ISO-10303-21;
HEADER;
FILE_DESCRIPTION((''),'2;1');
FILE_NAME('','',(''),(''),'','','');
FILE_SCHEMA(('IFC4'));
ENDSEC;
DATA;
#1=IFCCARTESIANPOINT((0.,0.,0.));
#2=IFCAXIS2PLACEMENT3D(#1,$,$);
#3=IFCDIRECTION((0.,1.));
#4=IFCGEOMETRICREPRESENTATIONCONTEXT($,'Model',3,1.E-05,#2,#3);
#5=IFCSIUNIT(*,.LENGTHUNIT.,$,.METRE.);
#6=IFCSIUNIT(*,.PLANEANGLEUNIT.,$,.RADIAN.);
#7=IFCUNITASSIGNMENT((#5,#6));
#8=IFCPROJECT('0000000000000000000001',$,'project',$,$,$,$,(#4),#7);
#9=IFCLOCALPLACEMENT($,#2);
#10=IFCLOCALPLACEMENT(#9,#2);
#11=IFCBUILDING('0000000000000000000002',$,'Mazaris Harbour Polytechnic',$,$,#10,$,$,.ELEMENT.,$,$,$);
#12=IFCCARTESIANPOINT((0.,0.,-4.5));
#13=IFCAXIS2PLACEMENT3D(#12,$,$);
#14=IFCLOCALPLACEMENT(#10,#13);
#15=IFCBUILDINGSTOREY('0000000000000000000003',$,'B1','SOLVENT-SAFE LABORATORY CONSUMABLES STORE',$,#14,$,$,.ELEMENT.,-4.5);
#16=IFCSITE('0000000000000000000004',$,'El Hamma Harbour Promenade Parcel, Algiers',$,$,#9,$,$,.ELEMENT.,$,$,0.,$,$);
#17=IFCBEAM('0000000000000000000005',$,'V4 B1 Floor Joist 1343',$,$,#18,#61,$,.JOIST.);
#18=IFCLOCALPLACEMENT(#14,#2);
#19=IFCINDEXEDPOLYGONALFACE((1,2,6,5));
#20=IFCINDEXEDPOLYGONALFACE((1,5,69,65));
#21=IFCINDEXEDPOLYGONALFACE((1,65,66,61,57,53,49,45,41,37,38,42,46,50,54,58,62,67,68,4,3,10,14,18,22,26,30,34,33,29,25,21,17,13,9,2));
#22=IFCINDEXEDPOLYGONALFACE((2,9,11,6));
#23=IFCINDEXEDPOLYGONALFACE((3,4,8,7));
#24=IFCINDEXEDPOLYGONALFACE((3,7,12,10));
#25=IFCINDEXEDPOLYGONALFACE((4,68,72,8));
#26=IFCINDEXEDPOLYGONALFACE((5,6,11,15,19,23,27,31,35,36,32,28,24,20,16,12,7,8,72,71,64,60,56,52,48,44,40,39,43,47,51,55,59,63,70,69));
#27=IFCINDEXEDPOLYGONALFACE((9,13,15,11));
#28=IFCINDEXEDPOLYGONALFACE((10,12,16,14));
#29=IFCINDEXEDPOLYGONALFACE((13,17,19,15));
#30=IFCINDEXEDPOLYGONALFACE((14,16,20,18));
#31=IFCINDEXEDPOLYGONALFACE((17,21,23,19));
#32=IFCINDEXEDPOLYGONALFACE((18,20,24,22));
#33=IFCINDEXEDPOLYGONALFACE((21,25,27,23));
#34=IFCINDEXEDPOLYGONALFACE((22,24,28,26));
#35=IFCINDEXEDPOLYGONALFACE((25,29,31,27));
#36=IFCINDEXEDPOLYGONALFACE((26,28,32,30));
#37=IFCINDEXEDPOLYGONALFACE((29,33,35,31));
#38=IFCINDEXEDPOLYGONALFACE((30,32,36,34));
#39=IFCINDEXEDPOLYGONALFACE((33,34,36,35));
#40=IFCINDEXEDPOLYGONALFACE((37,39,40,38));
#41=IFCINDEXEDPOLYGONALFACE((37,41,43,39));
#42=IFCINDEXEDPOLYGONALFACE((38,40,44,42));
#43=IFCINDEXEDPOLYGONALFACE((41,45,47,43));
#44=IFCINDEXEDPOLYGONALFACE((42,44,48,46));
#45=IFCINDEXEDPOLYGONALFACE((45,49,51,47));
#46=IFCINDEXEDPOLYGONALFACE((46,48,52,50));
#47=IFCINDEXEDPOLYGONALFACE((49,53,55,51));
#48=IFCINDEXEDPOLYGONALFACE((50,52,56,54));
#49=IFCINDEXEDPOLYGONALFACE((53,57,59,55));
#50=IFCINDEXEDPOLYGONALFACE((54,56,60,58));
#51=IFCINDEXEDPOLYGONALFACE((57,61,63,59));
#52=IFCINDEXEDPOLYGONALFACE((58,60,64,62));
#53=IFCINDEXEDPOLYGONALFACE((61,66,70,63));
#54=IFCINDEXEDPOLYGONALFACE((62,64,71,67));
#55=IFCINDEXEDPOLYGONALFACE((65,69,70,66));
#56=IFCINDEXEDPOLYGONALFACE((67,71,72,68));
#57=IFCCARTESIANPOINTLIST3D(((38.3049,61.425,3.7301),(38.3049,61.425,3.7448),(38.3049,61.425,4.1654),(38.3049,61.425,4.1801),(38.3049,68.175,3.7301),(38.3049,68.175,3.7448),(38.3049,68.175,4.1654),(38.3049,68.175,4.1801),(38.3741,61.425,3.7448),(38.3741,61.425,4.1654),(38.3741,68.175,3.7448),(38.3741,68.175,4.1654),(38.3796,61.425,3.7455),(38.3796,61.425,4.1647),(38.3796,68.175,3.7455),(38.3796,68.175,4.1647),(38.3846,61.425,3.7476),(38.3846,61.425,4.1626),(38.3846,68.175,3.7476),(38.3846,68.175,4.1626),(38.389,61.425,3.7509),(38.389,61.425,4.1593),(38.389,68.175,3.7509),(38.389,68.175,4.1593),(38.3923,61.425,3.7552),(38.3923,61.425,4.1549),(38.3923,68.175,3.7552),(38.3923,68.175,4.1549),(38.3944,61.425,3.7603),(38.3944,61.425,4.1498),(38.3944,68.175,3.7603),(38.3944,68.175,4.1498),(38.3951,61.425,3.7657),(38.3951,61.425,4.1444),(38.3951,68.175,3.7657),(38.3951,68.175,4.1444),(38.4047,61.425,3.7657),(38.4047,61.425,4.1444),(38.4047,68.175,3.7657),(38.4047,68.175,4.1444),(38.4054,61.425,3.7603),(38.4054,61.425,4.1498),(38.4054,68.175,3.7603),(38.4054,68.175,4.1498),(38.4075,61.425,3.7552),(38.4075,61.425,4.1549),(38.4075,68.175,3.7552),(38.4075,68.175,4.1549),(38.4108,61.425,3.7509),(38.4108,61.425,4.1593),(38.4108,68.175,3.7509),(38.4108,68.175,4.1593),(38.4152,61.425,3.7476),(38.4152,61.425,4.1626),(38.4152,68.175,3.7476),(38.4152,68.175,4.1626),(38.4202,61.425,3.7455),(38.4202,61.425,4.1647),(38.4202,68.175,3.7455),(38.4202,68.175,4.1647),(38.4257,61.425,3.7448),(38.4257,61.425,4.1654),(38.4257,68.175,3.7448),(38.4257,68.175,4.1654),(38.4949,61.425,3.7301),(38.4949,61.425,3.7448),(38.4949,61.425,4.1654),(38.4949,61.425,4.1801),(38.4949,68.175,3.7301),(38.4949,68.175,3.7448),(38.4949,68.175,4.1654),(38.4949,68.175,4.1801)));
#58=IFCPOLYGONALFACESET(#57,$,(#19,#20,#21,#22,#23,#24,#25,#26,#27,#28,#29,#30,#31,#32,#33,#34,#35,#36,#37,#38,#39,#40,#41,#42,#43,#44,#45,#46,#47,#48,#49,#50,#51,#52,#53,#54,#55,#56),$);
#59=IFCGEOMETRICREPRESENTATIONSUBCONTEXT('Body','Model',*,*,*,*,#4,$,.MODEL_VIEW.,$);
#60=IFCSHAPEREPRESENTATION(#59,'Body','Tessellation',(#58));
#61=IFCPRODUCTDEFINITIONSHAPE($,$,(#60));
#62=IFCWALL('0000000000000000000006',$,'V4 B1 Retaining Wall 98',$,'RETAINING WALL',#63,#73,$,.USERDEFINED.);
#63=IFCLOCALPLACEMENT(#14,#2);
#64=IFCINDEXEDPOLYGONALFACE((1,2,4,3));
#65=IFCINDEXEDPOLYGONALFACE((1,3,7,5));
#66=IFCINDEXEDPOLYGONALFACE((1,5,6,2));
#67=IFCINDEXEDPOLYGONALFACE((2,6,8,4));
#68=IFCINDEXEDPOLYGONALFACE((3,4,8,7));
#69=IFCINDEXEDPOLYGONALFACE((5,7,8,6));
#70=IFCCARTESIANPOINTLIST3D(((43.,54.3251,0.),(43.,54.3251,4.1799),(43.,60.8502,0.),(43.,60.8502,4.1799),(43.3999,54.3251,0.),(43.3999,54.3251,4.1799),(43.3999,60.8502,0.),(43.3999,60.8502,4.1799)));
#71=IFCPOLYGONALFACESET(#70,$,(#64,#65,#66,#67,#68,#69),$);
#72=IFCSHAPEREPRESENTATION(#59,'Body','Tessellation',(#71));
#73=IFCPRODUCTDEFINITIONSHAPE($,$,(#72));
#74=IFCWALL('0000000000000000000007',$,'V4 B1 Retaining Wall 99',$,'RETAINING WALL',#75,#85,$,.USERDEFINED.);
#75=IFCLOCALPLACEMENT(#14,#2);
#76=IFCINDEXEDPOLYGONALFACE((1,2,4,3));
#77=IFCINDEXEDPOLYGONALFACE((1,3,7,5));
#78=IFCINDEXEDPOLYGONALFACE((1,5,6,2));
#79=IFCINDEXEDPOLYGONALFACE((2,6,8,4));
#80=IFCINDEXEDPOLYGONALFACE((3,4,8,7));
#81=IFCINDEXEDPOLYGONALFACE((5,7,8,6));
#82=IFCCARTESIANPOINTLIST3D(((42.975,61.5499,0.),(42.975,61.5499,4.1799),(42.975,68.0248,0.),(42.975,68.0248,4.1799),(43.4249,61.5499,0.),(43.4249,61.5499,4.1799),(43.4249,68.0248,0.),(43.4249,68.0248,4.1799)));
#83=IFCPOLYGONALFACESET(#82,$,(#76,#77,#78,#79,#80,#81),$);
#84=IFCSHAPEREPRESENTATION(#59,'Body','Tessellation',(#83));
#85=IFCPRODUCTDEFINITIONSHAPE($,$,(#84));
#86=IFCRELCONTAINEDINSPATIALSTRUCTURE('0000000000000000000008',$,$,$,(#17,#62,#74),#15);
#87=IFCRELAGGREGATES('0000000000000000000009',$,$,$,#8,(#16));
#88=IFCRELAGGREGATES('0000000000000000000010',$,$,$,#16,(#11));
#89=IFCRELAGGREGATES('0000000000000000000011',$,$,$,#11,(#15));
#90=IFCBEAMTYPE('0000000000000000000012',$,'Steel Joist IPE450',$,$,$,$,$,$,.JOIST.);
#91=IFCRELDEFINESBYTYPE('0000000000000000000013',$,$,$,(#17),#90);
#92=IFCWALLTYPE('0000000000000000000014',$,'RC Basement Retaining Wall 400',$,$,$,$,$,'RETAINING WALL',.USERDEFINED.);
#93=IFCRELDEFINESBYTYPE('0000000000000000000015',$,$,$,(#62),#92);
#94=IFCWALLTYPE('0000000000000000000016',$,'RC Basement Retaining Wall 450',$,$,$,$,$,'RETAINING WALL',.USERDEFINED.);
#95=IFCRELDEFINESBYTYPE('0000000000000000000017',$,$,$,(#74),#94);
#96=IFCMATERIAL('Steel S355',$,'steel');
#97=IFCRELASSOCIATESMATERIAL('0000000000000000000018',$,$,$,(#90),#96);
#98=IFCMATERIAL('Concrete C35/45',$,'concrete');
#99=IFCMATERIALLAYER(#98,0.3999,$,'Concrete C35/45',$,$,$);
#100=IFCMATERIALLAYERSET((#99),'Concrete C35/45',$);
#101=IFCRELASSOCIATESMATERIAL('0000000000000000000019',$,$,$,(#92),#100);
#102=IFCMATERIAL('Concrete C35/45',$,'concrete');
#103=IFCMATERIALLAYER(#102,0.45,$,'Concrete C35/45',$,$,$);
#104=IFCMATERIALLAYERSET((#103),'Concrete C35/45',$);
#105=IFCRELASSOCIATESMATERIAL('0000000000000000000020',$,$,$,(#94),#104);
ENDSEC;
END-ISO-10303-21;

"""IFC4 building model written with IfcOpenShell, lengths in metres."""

from ifc_helpers import new_model, si_unit, direction, frame, frame_2d, origin, origin_2d, place, context, subcontext, project, spatial, rectangle, i_section, extrude, material, layer, layer_set, material_profile, profile_set, type_object, element, save


model = new_model("IFC4")

# Units and contexts
model_context = context("Model", 3, precision=1e-05, world=origin(), true_north=direction((0.0, 1.0)))
body_context = subcontext(model_context, "Body", "Model", "MODEL_VIEW")
ifc_project = project(units=[si_unit("LENGTHUNIT", "METRE"), si_unit("PLANEANGLEUNIT", "RADIAN")], contexts=[model_context])

# Site, building, storey
site_placement = place(None, origin())
site = spatial("IfcSite", under=ifc_project, at=site_placement, Name="El Hamma Harbour Promenade Parcel, Algiers", CompositionType="ELEMENT", RefElevation=0.0)
building_placement = place(site_placement, origin())
building = spatial("IfcBuilding", under=site, at=building_placement, Name="Mazaris Harbour Polytechnic", CompositionType="ELEMENT")
storey_placement = place(building_placement, frame((0.0, 0.0, -4.5)))
storey = spatial("IfcBuildingStorey", under=building, at=storey_placement, Name="B1", Description="SOLVENT-SAFE LABORATORY CONSUMABLES STORE", CompositionType="ELEMENT", Elevation=-4.5)

# Beam
ifc_material_1 = material(Name="Steel S355", Category="steel")
ifc_material_profile_1 = material_profile(ifc_material_1, i_section(OverallWidth=0.1899, OverallDepth=0.45, WebThickness=0.0095, FlangeThickness=0.0146, FilletRadius=0.021, at=origin_2d()), Name="IPE 450")
ifc_profile_set_1 = profile_set([ifc_material_profile_1], Name="Steel S355")
beam_type_1 = type_object("IfcBeamType", Name="Steel Joist IPE450", PredefinedType="JOIST", material=ifc_profile_set_1)
beam_1_placement = place(storey_placement, frame((38.3999, 61.425, 3.9551), z_axis=(0.0, 1.0, 0.0), x_axis=(-1.0, 0.0, 0.0)))
element("IfcBeam", 1, at=beam_1_placement, inside=storey, type_object=beam_type_1, Name="V4 B1 Floor Joist 1343", PredefinedType="JOIST", context=body_context, shape_type="SweptSolid", body=[
    extrude(i_section(OverallWidth=0.1899, OverallDepth=0.45, WebThickness=0.0095, FlangeThickness=0.0146, FilletRadius=0.021, at=origin_2d()), origin(), (0.0, 0.0, 1.0), 6.75),
])

# Walls
ifc_material_2 = material(Name="Concrete C35/45", Category="concrete")
ifc_layer_1 = layer(ifc_material_2, 0.3999, Name="Concrete C35/45")
ifc_layer_set_1 = layer_set([ifc_layer_1], Name="Concrete C35/45")
wall_type_1 = type_object("IfcWallType", Name="RC Basement Retaining Wall 400", ElementType="RETAINING WALL", PredefinedType="USERDEFINED", material=ifc_layer_set_1)
wall_1_placement = place(storey_placement, frame((43.2, 54.325, 0.0), z_axis=(0.0, 0.0, 1.0), x_axis=(0.0, 1.0, 0.0)))
element("IfcWall", 2, at=wall_1_placement, inside=storey, type_object=wall_type_1, Name="V4 B1 Retaining Wall 98", ObjectType="RETAINING WALL", PredefinedType="USERDEFINED", context=body_context, shape_type="SweptSolid", body=[
    extrude(rectangle(XDim=6.5251, YDim=0.3999, at=frame_2d((3.2627, 0.0))), origin(), (0.0, 0.0, 1.0), 4.1799),
])
ifc_material_3 = material(Name="Concrete C35/45", Category="concrete")
ifc_layer_2 = layer(ifc_material_3, 0.45, Name="Concrete C35/45")
ifc_layer_set_2 = layer_set([ifc_layer_2], Name="Concrete C35/45")
wall_type_2 = type_object("IfcWallType", Name="RC Basement Retaining Wall 450", ElementType="RETAINING WALL", PredefinedType="USERDEFINED", material=ifc_layer_set_2)
wall_2_placement = place(storey_placement, frame((43.2, 61.55, 0.0), z_axis=(0.0, 0.0, 1.0), x_axis=(0.0, 1.0, 0.0)))
element("IfcWall", 3, at=wall_2_placement, inside=storey, type_object=wall_type_2, Name="V4 B1 Retaining Wall 99", ObjectType="RETAINING WALL", PredefinedType="USERDEFINED", context=body_context, shape_type="SweptSolid", body=[
    extrude(rectangle(XDim=6.4749, YDim=0.45, at=frame_2d((3.2373, 0.0))), origin(), (0.0, 0.0, 1.0), 4.1799),
])

save(model, "model.ifc")
